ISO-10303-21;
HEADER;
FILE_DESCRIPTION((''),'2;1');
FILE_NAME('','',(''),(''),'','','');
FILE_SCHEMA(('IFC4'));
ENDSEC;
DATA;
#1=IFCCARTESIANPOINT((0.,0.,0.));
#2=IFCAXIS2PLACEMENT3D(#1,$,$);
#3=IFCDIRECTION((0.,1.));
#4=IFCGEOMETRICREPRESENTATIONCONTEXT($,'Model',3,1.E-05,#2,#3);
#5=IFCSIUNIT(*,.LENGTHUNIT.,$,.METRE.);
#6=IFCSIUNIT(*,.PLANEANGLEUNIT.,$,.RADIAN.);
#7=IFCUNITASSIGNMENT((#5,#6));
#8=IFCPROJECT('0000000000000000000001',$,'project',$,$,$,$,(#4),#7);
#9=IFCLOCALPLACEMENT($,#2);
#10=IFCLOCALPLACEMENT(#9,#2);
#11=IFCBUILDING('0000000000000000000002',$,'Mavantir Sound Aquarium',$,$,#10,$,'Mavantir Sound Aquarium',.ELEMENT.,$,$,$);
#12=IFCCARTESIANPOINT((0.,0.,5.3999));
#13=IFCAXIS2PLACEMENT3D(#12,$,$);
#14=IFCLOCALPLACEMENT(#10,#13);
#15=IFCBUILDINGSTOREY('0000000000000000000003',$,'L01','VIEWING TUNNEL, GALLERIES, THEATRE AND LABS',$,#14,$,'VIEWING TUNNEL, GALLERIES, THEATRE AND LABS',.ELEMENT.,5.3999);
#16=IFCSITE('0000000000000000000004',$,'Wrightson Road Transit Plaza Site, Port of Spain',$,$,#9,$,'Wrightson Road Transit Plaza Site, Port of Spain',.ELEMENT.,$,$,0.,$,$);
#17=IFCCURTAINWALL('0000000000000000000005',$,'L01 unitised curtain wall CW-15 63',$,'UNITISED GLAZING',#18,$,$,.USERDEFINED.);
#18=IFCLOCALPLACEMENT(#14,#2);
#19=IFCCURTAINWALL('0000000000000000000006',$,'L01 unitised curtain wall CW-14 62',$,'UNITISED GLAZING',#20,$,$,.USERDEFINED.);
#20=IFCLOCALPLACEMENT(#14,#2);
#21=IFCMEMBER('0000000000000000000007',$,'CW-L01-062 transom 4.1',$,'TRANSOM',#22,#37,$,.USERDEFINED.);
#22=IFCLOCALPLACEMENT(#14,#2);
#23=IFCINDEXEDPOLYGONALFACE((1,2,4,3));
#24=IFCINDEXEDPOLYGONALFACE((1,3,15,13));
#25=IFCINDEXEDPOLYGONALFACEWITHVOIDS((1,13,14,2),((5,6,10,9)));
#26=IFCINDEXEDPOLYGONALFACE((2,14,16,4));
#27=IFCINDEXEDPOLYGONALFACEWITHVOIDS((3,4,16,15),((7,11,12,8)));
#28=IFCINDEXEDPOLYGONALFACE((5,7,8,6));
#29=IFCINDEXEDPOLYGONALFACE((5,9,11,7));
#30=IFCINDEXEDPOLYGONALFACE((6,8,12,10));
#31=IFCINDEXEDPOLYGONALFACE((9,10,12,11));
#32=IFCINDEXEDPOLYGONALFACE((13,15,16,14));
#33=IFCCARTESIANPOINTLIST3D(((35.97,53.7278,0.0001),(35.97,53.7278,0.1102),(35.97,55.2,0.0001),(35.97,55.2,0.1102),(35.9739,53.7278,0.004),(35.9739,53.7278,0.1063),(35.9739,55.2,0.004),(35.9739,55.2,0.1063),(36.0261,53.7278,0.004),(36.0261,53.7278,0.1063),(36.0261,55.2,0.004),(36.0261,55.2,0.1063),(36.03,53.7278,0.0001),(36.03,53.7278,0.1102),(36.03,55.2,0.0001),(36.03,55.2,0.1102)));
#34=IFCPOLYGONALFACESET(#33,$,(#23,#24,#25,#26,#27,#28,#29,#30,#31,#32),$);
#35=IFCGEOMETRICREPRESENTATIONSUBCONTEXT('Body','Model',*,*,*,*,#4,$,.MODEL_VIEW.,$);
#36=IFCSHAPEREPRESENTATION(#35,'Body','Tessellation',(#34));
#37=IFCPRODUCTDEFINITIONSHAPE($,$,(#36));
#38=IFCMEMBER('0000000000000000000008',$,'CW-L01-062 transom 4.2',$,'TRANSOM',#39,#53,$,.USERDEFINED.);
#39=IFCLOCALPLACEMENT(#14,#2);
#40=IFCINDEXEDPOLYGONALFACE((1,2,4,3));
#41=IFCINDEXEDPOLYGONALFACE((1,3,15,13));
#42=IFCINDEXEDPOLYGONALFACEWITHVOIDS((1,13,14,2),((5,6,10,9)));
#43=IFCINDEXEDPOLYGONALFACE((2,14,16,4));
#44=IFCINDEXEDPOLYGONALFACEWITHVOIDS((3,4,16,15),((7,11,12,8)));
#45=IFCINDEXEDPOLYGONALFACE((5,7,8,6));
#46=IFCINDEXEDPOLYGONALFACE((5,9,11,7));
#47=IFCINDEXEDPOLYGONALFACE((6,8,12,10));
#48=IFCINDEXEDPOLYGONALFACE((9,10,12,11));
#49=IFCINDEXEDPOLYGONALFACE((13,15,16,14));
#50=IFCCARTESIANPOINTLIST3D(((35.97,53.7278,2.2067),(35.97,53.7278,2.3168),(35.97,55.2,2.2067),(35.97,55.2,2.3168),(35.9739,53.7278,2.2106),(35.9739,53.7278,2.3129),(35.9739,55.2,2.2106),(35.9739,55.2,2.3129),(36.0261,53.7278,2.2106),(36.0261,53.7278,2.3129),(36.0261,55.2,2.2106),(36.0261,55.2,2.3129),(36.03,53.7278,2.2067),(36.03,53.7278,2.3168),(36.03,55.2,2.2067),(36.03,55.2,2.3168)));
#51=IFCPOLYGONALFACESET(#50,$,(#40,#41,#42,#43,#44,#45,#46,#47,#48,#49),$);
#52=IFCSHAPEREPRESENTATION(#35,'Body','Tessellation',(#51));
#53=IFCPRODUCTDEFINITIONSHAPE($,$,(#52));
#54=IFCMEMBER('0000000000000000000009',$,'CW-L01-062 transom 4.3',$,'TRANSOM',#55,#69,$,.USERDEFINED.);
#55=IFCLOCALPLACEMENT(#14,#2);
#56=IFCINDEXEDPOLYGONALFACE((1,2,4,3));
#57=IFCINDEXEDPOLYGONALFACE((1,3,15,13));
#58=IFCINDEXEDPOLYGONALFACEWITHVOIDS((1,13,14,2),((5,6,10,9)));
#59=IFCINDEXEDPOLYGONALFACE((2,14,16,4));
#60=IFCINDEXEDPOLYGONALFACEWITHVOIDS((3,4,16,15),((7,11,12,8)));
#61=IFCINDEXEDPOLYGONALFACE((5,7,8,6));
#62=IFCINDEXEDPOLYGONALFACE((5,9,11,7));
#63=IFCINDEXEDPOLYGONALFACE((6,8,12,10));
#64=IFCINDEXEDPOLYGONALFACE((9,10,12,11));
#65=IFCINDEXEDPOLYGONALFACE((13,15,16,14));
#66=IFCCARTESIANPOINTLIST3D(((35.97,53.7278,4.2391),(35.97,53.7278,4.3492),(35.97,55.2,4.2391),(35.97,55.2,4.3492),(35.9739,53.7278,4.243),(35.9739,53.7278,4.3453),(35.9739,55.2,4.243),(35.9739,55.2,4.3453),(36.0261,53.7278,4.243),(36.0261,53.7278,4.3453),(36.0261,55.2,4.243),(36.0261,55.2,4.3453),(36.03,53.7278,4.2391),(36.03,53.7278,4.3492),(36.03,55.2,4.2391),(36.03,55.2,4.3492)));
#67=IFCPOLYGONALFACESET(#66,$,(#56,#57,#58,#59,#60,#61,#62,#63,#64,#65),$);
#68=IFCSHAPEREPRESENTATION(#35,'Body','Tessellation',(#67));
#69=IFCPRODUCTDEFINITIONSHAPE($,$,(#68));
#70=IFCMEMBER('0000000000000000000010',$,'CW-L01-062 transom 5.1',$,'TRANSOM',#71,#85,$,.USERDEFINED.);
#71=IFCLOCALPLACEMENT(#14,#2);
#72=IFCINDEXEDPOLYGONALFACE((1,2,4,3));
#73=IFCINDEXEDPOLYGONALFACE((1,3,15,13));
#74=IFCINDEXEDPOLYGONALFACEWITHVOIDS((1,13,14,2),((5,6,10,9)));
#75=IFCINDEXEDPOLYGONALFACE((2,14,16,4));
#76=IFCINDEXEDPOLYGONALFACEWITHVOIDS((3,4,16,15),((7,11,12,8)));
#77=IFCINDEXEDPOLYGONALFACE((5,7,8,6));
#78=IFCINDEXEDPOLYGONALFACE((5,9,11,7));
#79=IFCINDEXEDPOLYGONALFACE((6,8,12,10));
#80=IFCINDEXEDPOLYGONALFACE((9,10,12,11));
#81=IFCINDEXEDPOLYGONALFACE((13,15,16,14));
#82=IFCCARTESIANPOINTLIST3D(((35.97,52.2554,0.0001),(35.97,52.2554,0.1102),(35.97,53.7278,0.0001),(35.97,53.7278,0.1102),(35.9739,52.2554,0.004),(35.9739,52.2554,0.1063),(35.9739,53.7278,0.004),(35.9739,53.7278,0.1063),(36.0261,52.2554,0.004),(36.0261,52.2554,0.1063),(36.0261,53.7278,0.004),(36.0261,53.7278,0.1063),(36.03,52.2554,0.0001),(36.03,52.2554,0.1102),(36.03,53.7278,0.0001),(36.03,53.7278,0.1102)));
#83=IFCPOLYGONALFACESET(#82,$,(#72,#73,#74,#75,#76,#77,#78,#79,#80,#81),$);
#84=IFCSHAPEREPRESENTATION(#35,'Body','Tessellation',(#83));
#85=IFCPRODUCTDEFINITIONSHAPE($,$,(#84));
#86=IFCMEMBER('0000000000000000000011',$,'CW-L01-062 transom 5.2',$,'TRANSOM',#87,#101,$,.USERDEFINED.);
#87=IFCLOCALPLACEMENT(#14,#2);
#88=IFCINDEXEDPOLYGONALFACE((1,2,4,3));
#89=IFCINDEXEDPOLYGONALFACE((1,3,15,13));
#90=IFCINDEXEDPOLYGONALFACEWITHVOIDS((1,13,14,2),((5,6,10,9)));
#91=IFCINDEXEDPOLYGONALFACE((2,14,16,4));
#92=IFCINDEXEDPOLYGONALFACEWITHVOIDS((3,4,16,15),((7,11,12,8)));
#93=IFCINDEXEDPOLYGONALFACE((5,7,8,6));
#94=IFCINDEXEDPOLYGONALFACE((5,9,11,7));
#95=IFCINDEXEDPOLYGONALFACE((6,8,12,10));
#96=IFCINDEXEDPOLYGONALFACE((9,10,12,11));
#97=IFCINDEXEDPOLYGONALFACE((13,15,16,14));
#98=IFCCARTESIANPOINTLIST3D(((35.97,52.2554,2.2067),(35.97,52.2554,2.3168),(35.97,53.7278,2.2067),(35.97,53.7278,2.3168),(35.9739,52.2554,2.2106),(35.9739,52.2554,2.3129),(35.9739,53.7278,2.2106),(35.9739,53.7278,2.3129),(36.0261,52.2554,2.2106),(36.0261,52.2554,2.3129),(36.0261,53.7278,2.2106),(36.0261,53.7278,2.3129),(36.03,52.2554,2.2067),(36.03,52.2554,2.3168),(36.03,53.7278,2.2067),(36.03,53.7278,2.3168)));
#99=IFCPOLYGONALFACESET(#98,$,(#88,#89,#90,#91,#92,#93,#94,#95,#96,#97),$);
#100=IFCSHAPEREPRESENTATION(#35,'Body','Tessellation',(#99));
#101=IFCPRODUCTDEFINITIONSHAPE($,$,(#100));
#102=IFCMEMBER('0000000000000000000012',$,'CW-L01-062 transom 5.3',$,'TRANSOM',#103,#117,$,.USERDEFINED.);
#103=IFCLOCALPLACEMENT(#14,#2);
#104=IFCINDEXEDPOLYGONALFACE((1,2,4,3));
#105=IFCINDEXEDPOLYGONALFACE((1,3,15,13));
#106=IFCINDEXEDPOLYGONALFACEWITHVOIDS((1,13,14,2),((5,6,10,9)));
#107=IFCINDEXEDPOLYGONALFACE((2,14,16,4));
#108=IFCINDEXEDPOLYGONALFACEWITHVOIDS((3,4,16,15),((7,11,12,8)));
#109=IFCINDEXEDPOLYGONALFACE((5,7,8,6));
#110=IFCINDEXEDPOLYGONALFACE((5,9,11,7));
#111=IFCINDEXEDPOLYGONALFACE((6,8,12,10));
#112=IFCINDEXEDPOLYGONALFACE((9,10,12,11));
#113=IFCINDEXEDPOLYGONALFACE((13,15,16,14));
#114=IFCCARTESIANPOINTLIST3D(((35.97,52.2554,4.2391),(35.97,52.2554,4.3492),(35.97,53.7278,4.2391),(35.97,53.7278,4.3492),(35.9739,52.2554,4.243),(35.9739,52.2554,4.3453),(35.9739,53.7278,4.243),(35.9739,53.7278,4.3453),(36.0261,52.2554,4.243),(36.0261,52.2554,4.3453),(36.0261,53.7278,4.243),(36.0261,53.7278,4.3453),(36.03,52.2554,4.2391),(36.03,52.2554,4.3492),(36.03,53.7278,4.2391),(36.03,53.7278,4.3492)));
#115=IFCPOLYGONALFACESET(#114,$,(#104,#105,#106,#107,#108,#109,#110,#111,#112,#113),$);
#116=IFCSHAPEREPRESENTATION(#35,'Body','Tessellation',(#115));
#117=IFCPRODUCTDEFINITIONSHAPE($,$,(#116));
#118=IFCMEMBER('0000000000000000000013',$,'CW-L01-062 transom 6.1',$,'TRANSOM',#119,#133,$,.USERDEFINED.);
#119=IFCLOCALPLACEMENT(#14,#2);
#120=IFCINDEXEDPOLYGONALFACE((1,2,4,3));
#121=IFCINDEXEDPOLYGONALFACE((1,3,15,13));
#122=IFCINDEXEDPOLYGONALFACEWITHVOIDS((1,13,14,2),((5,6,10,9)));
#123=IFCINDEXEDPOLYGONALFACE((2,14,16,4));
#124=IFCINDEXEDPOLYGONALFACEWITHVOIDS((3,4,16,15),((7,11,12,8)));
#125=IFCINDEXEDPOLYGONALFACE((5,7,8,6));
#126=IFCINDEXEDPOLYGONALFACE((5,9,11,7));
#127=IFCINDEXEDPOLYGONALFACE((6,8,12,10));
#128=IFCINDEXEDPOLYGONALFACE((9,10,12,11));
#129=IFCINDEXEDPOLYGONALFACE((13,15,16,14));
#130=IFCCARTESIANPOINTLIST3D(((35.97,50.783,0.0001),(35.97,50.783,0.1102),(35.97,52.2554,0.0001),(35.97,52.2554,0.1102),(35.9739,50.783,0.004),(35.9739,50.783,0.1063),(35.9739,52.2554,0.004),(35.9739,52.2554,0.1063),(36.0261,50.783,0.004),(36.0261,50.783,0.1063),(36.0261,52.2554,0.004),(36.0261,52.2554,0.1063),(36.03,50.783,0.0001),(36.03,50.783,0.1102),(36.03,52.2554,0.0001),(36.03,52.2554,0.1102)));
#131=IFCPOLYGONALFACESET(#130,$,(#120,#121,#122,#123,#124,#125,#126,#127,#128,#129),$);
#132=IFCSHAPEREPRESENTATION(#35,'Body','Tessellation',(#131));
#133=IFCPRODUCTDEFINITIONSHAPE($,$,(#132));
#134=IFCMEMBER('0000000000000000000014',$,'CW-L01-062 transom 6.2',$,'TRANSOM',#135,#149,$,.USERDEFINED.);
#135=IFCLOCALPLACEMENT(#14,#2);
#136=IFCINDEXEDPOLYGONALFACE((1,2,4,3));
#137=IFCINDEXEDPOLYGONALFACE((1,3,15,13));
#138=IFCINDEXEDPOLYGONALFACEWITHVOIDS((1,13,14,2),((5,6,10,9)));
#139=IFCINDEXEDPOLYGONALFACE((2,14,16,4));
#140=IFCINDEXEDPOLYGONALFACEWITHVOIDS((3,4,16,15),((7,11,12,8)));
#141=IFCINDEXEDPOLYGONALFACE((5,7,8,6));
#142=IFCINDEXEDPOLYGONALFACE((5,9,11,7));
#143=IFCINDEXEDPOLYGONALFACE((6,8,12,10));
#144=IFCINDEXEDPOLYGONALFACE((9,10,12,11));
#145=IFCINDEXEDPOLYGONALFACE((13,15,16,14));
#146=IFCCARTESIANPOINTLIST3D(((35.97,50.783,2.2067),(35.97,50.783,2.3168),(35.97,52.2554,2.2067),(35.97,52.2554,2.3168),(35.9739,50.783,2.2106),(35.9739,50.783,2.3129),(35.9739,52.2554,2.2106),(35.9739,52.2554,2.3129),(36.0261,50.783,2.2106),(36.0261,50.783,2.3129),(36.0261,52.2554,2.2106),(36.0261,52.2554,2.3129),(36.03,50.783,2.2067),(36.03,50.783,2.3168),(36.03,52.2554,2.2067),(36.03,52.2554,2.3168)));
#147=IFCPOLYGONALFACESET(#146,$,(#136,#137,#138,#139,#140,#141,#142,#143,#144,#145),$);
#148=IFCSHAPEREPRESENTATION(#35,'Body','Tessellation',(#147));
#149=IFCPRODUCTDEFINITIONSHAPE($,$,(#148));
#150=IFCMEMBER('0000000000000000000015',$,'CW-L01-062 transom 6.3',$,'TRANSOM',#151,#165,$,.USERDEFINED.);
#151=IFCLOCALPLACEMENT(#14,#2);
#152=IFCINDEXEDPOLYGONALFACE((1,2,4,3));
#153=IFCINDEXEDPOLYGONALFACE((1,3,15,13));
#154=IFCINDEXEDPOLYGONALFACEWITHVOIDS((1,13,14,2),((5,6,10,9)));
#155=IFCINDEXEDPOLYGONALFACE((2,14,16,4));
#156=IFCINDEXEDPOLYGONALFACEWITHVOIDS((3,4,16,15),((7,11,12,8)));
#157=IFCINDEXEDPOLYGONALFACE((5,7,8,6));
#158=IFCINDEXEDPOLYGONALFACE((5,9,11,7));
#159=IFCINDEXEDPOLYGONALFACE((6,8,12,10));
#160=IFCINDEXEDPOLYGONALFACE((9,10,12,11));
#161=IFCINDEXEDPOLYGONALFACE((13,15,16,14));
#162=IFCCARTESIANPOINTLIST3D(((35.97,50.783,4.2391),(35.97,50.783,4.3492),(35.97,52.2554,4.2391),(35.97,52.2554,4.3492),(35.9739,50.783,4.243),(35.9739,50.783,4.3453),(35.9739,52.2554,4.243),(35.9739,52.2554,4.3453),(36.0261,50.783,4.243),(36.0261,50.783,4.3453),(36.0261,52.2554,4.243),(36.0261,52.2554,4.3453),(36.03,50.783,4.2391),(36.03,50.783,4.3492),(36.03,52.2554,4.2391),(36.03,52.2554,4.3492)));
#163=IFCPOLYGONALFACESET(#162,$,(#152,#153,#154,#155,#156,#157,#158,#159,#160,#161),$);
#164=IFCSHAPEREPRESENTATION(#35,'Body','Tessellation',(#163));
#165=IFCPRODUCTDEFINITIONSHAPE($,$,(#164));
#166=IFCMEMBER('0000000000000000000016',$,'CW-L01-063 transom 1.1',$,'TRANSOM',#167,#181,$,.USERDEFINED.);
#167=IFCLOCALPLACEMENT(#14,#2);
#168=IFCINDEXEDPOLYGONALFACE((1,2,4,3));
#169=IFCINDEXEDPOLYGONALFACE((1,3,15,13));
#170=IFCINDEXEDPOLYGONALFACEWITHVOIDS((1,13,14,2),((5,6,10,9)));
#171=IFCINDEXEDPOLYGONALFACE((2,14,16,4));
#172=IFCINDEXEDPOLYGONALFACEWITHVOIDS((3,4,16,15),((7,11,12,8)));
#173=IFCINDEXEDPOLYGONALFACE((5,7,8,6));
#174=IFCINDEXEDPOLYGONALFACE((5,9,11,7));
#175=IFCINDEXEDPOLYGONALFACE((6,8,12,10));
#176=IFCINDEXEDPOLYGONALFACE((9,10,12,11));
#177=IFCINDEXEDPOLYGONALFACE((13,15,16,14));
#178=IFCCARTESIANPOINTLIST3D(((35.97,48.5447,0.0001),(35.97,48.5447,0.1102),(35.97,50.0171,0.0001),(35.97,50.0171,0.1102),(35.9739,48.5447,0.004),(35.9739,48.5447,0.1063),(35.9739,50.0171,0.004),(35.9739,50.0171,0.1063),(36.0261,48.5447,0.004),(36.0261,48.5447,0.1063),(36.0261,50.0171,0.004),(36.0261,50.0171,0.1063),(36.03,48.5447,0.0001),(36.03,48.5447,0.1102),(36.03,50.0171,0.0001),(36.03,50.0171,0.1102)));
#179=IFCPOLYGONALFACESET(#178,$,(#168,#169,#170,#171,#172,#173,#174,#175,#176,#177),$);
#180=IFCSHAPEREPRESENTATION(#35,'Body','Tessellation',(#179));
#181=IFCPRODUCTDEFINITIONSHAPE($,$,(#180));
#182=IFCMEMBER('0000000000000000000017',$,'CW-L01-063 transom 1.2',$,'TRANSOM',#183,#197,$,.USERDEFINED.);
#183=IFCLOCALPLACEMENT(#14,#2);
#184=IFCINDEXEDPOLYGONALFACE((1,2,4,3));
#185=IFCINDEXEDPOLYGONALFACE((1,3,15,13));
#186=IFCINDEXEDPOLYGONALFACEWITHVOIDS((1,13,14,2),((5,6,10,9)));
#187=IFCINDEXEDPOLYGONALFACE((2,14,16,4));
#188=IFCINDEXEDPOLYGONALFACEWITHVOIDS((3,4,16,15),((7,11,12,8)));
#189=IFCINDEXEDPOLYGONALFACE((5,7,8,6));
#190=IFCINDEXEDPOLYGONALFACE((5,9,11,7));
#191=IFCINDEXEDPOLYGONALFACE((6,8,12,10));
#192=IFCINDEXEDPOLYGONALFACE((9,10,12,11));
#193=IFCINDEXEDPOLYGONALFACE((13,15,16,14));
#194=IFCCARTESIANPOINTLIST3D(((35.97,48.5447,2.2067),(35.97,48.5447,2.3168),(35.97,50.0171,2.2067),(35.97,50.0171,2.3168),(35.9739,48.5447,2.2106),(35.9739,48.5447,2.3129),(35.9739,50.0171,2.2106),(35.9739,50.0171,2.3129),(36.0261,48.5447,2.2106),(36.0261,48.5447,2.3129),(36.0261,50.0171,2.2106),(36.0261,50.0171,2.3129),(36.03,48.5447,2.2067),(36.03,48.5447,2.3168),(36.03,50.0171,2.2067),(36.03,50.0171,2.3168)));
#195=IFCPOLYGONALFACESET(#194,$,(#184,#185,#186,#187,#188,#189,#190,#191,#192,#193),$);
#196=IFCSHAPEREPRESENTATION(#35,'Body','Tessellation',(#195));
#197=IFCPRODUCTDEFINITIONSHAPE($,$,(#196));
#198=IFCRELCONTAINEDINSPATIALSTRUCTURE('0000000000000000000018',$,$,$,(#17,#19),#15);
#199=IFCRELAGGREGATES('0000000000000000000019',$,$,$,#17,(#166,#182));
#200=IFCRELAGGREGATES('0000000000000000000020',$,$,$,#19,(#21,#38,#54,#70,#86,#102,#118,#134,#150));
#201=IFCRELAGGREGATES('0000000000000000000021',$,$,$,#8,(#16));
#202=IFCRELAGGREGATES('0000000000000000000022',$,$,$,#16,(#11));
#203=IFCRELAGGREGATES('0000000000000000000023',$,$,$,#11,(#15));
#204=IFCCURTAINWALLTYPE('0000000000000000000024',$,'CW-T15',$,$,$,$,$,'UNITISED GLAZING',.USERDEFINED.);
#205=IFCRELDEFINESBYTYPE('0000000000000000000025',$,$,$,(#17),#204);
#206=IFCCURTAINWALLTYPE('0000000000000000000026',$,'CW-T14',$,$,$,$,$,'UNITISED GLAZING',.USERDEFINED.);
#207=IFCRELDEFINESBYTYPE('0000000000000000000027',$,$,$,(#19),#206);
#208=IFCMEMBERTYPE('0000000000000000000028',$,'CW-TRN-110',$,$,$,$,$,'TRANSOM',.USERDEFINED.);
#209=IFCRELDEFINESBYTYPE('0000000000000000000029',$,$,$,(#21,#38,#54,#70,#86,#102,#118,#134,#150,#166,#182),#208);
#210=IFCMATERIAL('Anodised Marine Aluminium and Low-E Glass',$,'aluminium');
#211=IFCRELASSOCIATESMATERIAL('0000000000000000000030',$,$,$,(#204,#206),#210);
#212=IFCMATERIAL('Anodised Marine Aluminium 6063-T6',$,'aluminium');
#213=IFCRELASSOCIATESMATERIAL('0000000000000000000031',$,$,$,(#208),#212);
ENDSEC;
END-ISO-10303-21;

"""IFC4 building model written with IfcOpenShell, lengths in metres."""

from ifc_helpers import new_model, si_unit, direction, frame, origin, origin_2d, place, context, subcontext, project, spatial, hollow_rectangle, extrude, material, material_profile, profile_set, type_object, element, aggregate, save


model = new_model("IFC4")

# Units and contexts
model_context = context("Model", 3, precision=1e-05, world=origin(), true_north=direction((0.0, 1.0)))
body_context = subcontext(model_context, "Body", "Model", "MODEL_VIEW")
ifc_project = project(units=[si_unit("LENGTHUNIT", "METRE"), si_unit("PLANEANGLEUNIT", "RADIAN")], contexts=[model_context])

# Site, building, storey
site_placement = place(None, origin())
site = spatial("IfcSite", under=ifc_project, at=site_placement, Name="Wrightson Road Transit Plaza Site, Port of Spain", LongName="Wrightson Road Transit Plaza Site, Port of Spain", CompositionType="ELEMENT", RefElevation=0.0)
building_placement = place(site_placement, origin())
building = spatial("IfcBuilding", under=site, at=building_placement, Name="Mavantir Sound Aquarium", LongName="Mavantir Sound Aquarium", CompositionType="ELEMENT")
storey_placement = place(building_placement, frame((0.0, 0.0, 5.3999)))
storey = spatial("IfcBuildingStorey", under=building, at=storey_placement, Name="L01", Description="VIEWING TUNNEL, GALLERIES, THEATRE AND LABS", LongName="VIEWING TUNNEL, GALLERIES, THEATRE AND LABS", CompositionType="ELEMENT", Elevation=5.3999)

# Curtain wall
ifc_material_1 = material(Name="Anodised Marine Aluminium and Low-E Glass", Category="aluminium")
curtain_wall_type_1 = type_object("IfcCurtainWallType", Name="CW-T15", ElementType="UNITISED GLAZING", PredefinedType="USERDEFINED", material=ifc_material_1)
curtain_wall_1_placement = place(storey_placement, origin())
curtain_wall_1 = element("IfcCurtainWall", 1, at=curtain_wall_1_placement, inside=storey, type_object=curtain_wall_type_1, Name="L01 unitised curtain wall CW-15 63", ObjectType="UNITISED GLAZING", PredefinedType="USERDEFINED")
ifc_material_2 = material(Name="Anodised Marine Aluminium 6063-T6", Category="aluminium")

# Curtain wall, members
curtain_wall_type_2 = type_object("IfcCurtainWallType", Name="CW-T14", ElementType="UNITISED GLAZING", PredefinedType="USERDEFINED", material=ifc_material_1)
curtain_wall_2_placement = place(storey_placement, origin())
curtain_wall_2 = element("IfcCurtainWall", 2, at=curtain_wall_2_placement, inside=storey, type_object=curtain_wall_type_2, Name="L01 unitised curtain wall CW-14 62", ObjectType="UNITISED GLAZING", PredefinedType="USERDEFINED")
ifc_material_profile_1 = material_profile(ifc_material_2, hollow_rectangle(XDim=0.0601, YDim=0.1101, WallThickness=0.0039, at=origin_2d()), Name="ALU-TRANSOM-110X60")
ifc_profile_set_1 = profile_set([ifc_material_profile_1], Name="Anodised Marine Aluminium 6063-T6")
member_type_1 = type_object("IfcMemberType", Name="CW-TRN-110", ElementType="TRANSOM", PredefinedType="USERDEFINED", material=ifc_profile_set_1)
member_1_placement = place(storey_placement, frame((36.0, 55.2, 0.0552), z_axis=(0.0, -1.0, 0.0), x_axis=(1.0, 0.0, 0.0)))
member_1 = element("IfcMember", 3, at=member_1_placement, type_object=member_type_1, Name="CW-L01-062 transom 4.1", ObjectType="TRANSOM", PredefinedType="USERDEFINED", context=body_context, shape_type="SweptSolid", body=[
    extrude(hollow_rectangle(XDim=0.0601, YDim=0.1101, WallThickness=0.0039, at=origin_2d()), origin(), (0.0, 0.0, 1.0), 1.4722),
])
member_2_placement = place(storey_placement, frame((36.0, 55.2, 2.2617), z_axis=(0.0, -1.0, 0.0), x_axis=(1.0, 0.0, 0.0)))
member_2 = element("IfcMember", 4, at=member_2_placement, type_object=member_type_1, Name="CW-L01-062 transom 4.2", ObjectType="TRANSOM", PredefinedType="USERDEFINED", context=body_context, shape_type="SweptSolid", body=[
    extrude(hollow_rectangle(XDim=0.0601, YDim=0.1101, WallThickness=0.0039, at=origin_2d()), origin(), (0.0, 0.0, 1.0), 1.4722),
])
member_3_placement = place(storey_placement, frame((36.0, 55.2, 4.2942), z_axis=(0.0, -1.0, 0.0), x_axis=(1.0, 0.0, 0.0)))
member_3 = element("IfcMember", 5, at=member_3_placement, type_object=member_type_1, Name="CW-L01-062 transom 4.3", ObjectType="TRANSOM", PredefinedType="USERDEFINED", context=body_context, shape_type="SweptSolid", body=[
    extrude(hollow_rectangle(XDim=0.0601, YDim=0.1101, WallThickness=0.0039, at=origin_2d()), origin(), (0.0, 0.0, 1.0), 1.4722),
])
member_4_placement = place(storey_placement, frame((36.0, 53.7278, 0.0552), z_axis=(0.0, -1.0, 0.0), x_axis=(1.0, 0.0, 0.0)))
member_4 = element("IfcMember", 6, at=member_4_placement, type_object=member_type_1, Name="CW-L01-062 transom 5.1", ObjectType="TRANSOM", PredefinedType="USERDEFINED", context=body_context, shape_type="SweptSolid", body=[
    extrude(hollow_rectangle(XDim=0.0601, YDim=0.1101, WallThickness=0.0039, at=origin_2d()), origin(), (0.0, 0.0, 1.0), 1.4724),
])
member_5_placement = place(storey_placement, frame((36.0, 53.7278, 2.2617), z_axis=(0.0, -1.0, 0.0), x_axis=(1.0, 0.0, 0.0)))
member_5 = element("IfcMember", 7, at=member_5_placement, type_object=member_type_1, Name="CW-L01-062 transom 5.2", ObjectType="TRANSOM", PredefinedType="USERDEFINED", context=body_context, shape_type="SweptSolid", body=[
    extrude(hollow_rectangle(XDim=0.0601, YDim=0.1101, WallThickness=0.0039, at=origin_2d()), origin(), (0.0, 0.0, 1.0), 1.4724),
])
member_6_placement = place(storey_placement, frame((36.0, 53.7278, 4.2942), z_axis=(0.0, -1.0, 0.0), x_axis=(1.0, 0.0, 0.0)))
member_6 = element("IfcMember", 8, at=member_6_placement, type_object=member_type_1, Name="CW-L01-062 transom 5.3", ObjectType="TRANSOM", PredefinedType="USERDEFINED", context=body_context, shape_type="SweptSolid", body=[
    extrude(hollow_rectangle(XDim=0.0601, YDim=0.1101, WallThickness=0.0039, at=origin_2d()), origin(), (0.0, 0.0, 1.0), 1.4724),
])
member_7_placement = place(storey_placement, frame((36.0, 52.2554, 0.0552), z_axis=(0.0, -1.0, 0.0), x_axis=(1.0, 0.0, 0.0)))
member_7 = element("IfcMember", 9, at=member_7_placement, type_object=member_type_1, Name="CW-L01-062 transom 6.1", ObjectType="TRANSOM", PredefinedType="USERDEFINED", context=body_context, shape_type="SweptSolid", body=[
    extrude(hollow_rectangle(XDim=0.0601, YDim=0.1101, WallThickness=0.0039, at=origin_2d()), origin(), (0.0, 0.0, 1.0), 1.4724),
])
member_8_placement = place(storey_placement, frame((36.0, 52.2554, 2.2617), z_axis=(0.0, -1.0, 0.0), x_axis=(1.0, 0.0, 0.0)))
member_8 = element("IfcMember", 10, at=member_8_placement, type_object=member_type_1, Name="CW-L01-062 transom 6.2", ObjectType="TRANSOM", PredefinedType="USERDEFINED", context=body_context, shape_type="SweptSolid", body=[
    extrude(hollow_rectangle(XDim=0.0601, YDim=0.1101, WallThickness=0.0039, at=origin_2d()), origin(), (0.0, 0.0, 1.0), 1.4724),
])
member_9_placement = place(storey_placement, frame((36.0, 52.2554, 4.2942), z_axis=(0.0, -1.0, 0.0), x_axis=(1.0, 0.0, 0.0)))
member_9 = element("IfcMember", 11, at=member_9_placement, type_object=member_type_1, Name="CW-L01-062 transom 6.3", ObjectType="TRANSOM", PredefinedType="USERDEFINED", context=body_context, shape_type="SweptSolid", body=[
    extrude(hollow_rectangle(XDim=0.0601, YDim=0.1101, WallThickness=0.0039, at=origin_2d()), origin(), (0.0, 0.0, 1.0), 1.4724),
])

# Members
member_10_placement = place(storey_placement, frame((36.0, 50.0171, 0.0552), z_axis=(0.0, -1.0, 0.0), x_axis=(1.0, 0.0, 0.0)))
member_10 = element("IfcMember", 12, at=member_10_placement, type_object=member_type_1, Name="CW-L01-063 transom 1.1", ObjectType="TRANSOM", PredefinedType="USERDEFINED", context=body_context, shape_type="SweptSolid", body=[
    extrude(hollow_rectangle(XDim=0.0601, YDim=0.1101, WallThickness=0.0039, at=origin_2d()), origin(), (0.0, 0.0, 1.0), 1.4724),
])
member_11_placement = place(storey_placement, frame((36.0, 50.0171, 2.2617), z_axis=(0.0, -1.0, 0.0), x_axis=(1.0, 0.0, 0.0)))
member_11 = element("IfcMember", 13, at=member_11_placement, type_object=member_type_1, Name="CW-L01-063 transom 1.2", ObjectType="TRANSOM", PredefinedType="USERDEFINED", context=body_context, shape_type="SweptSolid", body=[
    extrude(hollow_rectangle(XDim=0.0601, YDim=0.1101, WallThickness=0.0039, at=origin_2d()), origin(), (0.0, 0.0, 1.0), 1.4724),
])

aggregate(curtain_wall_1, [member_10, member_11])
aggregate(curtain_wall_2, [member_1, member_2, member_3, member_4, member_5, member_6, member_7, member_8, member_9])

save(model, "model.ifc")
